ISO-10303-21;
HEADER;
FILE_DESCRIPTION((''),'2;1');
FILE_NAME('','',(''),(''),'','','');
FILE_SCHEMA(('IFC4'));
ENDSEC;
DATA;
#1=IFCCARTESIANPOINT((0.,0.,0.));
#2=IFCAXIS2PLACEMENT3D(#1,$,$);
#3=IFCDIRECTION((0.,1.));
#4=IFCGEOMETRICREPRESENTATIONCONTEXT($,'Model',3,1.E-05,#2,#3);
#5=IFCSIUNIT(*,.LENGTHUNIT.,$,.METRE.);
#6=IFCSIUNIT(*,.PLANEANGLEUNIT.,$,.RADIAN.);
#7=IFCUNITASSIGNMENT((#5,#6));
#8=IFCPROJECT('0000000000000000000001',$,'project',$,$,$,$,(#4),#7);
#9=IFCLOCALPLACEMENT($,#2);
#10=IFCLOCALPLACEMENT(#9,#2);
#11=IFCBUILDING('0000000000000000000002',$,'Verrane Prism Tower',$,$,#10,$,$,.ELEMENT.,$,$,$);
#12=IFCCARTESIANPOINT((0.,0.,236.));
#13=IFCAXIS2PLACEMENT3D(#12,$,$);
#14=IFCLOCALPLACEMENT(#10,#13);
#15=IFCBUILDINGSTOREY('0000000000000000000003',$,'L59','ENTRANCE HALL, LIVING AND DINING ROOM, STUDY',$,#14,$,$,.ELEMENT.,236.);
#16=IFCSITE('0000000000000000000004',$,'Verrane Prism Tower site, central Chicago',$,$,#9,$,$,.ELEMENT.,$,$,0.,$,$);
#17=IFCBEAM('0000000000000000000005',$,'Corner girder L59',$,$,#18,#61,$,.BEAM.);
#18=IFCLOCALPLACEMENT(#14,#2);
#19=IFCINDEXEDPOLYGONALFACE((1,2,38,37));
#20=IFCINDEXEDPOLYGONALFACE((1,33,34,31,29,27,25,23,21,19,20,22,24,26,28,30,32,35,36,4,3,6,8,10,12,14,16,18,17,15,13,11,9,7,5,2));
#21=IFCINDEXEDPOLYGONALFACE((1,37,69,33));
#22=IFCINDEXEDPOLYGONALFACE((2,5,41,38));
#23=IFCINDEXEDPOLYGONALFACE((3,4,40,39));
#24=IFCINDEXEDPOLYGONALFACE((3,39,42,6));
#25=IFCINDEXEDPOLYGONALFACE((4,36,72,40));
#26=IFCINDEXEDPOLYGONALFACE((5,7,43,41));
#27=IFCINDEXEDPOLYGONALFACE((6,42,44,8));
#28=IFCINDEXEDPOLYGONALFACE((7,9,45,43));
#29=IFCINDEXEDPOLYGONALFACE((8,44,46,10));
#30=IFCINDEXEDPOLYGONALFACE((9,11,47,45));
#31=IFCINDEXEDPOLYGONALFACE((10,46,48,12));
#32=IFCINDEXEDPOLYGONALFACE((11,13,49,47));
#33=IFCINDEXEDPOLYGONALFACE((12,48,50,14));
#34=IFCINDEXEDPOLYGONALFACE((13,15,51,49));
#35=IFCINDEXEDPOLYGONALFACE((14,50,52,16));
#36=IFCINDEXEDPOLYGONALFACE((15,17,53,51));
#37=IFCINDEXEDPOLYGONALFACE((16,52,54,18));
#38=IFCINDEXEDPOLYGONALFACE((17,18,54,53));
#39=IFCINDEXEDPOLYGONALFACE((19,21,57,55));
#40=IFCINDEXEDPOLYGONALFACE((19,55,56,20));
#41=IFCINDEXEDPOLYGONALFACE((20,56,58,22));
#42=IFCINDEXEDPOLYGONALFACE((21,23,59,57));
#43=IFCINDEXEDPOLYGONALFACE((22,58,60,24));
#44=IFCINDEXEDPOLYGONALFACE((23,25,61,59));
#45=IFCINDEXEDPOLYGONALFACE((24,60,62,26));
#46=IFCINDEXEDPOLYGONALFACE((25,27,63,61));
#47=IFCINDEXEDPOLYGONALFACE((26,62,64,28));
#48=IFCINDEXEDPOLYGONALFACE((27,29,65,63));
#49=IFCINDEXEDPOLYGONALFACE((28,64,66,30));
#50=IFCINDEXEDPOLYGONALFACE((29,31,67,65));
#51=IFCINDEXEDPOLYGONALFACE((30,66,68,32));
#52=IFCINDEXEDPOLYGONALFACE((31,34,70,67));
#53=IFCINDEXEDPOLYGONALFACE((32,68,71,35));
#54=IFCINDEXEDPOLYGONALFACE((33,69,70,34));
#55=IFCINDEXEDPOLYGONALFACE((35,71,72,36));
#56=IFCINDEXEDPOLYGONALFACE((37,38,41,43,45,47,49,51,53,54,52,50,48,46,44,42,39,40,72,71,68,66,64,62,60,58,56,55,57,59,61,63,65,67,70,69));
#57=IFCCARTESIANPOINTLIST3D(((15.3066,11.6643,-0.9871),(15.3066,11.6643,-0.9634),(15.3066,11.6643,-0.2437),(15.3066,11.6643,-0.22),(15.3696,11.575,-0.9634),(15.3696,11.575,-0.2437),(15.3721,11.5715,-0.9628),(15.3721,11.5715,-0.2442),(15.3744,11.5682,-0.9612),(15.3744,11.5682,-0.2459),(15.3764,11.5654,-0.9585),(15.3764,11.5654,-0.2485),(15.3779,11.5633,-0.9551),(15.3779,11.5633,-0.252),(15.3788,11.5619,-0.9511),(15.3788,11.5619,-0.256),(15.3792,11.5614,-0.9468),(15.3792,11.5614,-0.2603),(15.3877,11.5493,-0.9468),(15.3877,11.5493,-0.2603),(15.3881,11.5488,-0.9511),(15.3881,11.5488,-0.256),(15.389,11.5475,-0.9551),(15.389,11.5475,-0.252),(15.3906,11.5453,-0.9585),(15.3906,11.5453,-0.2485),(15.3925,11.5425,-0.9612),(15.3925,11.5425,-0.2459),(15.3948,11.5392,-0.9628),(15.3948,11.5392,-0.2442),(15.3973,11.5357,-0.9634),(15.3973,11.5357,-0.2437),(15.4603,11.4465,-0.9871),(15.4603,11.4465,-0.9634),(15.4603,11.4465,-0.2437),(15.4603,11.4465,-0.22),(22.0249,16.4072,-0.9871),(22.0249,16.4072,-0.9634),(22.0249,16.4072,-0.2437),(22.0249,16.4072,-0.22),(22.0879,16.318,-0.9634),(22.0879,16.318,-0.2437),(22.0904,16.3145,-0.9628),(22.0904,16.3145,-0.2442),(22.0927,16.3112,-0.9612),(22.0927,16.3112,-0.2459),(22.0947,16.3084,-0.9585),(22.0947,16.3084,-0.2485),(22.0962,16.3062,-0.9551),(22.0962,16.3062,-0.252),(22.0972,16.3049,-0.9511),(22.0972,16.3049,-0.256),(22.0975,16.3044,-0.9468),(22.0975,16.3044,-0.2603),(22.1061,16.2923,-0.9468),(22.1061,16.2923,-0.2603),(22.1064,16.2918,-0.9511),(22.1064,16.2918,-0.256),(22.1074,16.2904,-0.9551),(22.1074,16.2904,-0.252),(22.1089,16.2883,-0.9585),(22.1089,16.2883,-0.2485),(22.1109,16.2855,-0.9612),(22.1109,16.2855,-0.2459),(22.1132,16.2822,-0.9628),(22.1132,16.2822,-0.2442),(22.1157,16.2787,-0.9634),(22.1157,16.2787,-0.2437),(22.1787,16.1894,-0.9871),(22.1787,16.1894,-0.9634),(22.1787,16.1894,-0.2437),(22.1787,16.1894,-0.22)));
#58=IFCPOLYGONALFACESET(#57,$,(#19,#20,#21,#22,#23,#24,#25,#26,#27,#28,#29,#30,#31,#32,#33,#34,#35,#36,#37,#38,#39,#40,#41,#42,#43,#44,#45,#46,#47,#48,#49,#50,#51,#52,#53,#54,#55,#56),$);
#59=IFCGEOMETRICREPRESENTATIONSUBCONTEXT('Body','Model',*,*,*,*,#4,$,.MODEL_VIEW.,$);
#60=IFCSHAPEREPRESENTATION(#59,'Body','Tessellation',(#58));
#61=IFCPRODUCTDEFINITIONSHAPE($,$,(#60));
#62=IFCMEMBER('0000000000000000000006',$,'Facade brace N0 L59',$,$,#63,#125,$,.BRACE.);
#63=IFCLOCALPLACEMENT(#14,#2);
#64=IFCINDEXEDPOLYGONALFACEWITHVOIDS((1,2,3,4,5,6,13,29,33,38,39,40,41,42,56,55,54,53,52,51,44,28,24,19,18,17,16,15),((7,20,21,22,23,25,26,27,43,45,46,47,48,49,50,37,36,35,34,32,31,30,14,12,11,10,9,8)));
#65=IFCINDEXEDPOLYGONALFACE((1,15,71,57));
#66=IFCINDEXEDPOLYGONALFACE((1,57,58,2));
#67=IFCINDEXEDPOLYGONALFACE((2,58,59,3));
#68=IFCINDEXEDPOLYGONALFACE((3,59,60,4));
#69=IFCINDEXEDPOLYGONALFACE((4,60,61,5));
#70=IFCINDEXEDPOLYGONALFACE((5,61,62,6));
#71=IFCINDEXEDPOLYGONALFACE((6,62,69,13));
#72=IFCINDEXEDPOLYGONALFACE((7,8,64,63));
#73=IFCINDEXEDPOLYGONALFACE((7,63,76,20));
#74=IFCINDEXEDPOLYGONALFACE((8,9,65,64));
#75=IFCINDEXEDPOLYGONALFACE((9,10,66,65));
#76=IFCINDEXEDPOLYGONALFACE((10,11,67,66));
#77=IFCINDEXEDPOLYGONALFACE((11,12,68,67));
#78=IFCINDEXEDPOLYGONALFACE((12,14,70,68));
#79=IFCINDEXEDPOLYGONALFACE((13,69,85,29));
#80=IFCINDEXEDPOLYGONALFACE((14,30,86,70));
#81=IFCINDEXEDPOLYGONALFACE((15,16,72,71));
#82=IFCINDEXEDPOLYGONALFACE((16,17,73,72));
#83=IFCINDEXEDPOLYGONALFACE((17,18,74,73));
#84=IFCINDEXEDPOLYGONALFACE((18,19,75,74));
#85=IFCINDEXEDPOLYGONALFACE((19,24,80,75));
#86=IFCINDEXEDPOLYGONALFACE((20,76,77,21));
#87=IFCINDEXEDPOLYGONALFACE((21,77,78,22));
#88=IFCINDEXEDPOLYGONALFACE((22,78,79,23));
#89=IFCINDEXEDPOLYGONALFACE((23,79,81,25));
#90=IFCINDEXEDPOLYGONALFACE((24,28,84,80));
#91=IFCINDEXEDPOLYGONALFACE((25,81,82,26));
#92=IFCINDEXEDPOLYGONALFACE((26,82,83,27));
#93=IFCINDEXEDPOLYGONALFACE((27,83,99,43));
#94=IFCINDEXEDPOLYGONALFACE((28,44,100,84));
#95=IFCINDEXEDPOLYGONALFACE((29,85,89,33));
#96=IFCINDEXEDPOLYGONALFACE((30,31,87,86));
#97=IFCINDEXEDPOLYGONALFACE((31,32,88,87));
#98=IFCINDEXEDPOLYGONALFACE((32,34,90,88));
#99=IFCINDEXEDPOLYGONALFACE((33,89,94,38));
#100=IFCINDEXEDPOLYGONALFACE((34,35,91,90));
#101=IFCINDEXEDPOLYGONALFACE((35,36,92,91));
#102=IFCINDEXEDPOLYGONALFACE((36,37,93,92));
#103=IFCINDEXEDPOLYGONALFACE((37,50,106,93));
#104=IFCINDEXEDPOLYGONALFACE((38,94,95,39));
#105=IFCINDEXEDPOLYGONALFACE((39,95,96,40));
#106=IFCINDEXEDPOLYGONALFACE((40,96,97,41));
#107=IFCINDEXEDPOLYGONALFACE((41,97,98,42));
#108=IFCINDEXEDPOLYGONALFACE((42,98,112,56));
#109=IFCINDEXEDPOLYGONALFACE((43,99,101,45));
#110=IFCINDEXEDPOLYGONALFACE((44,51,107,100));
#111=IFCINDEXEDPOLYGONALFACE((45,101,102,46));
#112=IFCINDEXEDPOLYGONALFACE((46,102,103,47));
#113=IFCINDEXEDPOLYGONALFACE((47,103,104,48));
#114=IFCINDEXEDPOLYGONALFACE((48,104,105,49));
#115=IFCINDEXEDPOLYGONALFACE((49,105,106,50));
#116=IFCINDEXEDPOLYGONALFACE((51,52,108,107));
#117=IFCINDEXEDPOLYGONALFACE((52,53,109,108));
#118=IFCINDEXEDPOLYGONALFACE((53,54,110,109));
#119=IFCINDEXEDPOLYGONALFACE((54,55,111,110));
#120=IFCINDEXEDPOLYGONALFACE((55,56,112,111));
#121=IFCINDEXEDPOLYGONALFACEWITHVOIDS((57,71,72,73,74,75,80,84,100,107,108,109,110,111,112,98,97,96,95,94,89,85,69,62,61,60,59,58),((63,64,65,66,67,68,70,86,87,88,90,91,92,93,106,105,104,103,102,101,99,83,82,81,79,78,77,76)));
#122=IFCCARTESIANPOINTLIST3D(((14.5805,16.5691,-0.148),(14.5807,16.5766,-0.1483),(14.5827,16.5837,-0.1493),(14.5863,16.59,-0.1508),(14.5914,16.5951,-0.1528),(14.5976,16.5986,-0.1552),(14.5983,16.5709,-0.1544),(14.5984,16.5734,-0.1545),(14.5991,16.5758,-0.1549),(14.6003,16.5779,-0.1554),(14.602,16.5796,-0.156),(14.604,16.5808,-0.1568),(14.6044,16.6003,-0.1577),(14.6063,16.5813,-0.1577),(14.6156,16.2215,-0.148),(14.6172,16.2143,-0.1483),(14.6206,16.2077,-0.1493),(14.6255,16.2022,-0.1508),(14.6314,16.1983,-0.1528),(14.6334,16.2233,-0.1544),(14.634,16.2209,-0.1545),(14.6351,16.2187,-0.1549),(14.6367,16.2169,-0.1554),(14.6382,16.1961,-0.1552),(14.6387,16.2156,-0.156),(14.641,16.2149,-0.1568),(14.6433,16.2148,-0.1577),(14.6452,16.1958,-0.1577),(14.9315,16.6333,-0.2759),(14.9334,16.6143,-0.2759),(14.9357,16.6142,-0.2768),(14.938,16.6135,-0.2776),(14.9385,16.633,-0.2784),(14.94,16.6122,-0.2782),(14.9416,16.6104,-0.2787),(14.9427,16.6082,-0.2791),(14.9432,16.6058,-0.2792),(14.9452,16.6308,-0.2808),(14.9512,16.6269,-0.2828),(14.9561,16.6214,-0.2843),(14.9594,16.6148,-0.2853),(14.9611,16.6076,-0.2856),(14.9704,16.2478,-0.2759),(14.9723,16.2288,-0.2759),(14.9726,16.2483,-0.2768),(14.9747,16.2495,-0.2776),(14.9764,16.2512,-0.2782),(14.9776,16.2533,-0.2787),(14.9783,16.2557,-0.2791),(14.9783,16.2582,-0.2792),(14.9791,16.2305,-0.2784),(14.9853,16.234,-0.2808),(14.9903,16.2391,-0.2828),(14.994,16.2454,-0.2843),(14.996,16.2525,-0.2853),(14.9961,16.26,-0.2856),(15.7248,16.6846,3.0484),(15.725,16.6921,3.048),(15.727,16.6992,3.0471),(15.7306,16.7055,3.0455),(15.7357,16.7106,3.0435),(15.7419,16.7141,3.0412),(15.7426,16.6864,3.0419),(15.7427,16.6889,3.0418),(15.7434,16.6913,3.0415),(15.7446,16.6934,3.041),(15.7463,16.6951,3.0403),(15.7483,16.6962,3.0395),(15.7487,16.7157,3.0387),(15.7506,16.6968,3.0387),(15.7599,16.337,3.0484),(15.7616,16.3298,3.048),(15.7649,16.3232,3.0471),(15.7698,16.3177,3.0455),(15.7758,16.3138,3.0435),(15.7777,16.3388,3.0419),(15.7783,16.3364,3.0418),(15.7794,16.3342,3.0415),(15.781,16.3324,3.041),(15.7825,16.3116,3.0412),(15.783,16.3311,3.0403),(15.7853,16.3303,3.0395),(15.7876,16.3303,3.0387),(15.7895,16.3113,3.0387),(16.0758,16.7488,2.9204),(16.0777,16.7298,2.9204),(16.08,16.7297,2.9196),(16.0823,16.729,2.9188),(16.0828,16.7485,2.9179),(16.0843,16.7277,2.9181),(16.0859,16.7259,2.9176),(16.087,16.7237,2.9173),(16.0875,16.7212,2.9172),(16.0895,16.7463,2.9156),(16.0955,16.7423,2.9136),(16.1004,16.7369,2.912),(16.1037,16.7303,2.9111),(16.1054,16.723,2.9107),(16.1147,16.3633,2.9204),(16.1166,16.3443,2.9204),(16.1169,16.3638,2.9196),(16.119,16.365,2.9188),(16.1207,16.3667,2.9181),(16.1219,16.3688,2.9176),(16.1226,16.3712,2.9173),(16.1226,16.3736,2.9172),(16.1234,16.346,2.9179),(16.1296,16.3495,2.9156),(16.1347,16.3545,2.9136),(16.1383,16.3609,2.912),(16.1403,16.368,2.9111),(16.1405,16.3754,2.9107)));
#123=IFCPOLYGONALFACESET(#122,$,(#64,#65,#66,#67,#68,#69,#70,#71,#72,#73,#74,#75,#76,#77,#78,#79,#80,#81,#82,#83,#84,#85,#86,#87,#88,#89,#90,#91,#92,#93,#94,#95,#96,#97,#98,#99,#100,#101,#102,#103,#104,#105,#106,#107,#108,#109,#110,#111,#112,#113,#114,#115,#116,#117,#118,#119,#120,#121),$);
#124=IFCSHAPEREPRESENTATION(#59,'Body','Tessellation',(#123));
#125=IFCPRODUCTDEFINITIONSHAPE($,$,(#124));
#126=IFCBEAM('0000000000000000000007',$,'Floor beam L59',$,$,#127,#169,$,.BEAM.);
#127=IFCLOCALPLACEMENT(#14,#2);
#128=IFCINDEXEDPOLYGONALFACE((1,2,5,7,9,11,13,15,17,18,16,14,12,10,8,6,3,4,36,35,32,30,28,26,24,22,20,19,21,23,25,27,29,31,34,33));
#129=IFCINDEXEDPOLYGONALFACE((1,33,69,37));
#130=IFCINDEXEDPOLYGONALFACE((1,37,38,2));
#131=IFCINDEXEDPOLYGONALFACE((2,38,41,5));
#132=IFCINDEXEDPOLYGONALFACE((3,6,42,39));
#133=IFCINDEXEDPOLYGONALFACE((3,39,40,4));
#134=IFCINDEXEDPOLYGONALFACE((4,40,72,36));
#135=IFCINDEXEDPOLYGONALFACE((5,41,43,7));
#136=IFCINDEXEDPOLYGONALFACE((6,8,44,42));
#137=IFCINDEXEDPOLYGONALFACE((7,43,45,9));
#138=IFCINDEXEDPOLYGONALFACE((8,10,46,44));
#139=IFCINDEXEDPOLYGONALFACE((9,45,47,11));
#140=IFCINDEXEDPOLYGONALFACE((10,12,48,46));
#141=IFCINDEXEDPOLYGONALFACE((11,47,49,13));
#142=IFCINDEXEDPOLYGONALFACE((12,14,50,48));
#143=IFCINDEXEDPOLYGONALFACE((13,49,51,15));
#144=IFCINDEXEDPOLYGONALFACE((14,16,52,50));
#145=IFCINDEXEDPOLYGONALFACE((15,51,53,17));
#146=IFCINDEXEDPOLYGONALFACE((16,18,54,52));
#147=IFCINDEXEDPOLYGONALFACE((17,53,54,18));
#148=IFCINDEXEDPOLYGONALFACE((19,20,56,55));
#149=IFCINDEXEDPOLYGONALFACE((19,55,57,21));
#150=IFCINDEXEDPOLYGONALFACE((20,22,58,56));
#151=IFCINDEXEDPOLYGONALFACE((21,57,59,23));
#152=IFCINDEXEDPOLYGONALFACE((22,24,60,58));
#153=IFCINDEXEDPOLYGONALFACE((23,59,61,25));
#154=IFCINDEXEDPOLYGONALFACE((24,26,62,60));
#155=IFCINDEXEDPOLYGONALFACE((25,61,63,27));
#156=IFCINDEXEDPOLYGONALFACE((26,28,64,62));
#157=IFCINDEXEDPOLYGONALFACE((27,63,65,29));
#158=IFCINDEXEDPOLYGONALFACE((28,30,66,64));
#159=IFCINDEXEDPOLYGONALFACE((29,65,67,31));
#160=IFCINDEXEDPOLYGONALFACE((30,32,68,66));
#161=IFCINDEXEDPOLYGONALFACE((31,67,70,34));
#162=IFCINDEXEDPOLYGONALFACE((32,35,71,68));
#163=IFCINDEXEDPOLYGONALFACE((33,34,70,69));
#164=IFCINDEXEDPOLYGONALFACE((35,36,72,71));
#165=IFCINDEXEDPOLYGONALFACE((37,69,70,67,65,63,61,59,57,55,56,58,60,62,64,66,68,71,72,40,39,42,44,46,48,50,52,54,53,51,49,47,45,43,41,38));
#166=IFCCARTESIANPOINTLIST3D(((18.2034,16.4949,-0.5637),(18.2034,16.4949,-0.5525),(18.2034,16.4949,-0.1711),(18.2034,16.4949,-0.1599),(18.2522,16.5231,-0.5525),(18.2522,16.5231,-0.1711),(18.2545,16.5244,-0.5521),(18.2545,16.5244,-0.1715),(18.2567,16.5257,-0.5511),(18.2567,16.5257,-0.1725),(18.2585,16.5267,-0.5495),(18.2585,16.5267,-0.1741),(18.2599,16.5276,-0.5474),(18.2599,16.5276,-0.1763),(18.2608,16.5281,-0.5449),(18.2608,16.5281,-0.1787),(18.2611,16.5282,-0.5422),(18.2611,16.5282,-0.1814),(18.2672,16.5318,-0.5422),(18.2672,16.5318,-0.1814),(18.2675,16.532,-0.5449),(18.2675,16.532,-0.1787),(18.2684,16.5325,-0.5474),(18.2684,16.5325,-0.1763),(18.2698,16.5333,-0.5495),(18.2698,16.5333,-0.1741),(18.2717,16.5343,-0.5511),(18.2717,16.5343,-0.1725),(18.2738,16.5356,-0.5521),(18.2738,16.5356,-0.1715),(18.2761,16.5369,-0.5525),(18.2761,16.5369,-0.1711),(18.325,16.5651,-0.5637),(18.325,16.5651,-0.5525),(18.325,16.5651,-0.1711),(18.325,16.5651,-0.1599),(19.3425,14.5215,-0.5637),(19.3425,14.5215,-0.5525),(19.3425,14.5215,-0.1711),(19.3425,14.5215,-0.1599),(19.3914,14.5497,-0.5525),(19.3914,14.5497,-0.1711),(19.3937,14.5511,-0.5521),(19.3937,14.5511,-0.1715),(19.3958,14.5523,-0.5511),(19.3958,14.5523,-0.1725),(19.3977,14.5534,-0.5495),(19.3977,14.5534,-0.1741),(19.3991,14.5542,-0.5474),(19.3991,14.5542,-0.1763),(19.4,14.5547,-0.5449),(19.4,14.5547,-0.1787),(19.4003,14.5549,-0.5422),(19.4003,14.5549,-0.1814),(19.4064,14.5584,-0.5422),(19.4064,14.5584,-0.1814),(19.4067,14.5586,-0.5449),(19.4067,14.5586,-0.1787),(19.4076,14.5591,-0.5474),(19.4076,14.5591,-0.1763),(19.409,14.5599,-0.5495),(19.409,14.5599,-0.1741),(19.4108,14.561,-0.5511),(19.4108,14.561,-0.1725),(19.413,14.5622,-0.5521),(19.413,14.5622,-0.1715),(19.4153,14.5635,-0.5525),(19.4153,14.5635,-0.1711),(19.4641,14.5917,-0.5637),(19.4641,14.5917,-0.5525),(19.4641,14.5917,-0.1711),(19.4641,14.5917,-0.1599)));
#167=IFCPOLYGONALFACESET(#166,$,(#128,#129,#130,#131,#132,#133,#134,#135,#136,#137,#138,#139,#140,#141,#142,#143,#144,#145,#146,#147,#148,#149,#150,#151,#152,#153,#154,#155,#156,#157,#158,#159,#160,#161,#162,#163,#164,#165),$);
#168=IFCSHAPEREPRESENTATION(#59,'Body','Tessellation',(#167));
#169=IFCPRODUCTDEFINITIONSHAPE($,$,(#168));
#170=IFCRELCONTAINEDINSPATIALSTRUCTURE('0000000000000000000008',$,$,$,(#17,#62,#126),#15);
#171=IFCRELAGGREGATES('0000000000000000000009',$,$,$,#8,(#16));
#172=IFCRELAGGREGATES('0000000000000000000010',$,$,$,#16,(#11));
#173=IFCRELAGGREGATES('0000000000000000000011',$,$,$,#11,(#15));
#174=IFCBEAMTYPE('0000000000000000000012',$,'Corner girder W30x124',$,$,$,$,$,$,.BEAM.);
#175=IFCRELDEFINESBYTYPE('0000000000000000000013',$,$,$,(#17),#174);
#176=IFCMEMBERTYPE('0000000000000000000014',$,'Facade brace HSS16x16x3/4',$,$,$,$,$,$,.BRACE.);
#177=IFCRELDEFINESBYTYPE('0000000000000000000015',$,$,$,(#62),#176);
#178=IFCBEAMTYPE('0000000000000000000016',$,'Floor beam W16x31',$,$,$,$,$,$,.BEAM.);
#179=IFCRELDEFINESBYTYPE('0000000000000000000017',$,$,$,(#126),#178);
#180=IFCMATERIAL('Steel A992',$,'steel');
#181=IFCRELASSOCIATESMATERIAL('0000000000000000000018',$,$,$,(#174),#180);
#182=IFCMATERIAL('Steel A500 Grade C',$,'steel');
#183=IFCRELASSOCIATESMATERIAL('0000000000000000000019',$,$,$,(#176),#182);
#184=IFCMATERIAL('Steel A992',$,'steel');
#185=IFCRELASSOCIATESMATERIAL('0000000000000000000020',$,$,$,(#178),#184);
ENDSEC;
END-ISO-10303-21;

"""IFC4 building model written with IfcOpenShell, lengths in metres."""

from ifc_helpers import new_model, si_unit, direction, frame, origin, origin_2d, place, context, subcontext, project, spatial, hollow_rectangle, i_section, extrude, material, material_profile, profile_set, type_object, element, save


model = new_model("IFC4")

# Units and contexts
model_context = context("Model", 3, precision=1e-05, world=origin(), true_north=direction((0.0, 1.0)))
body_context = subcontext(model_context, "Body", "Model", "MODEL_VIEW")
ifc_project = project(units=[si_unit("LENGTHUNIT", "METRE"), si_unit("PLANEANGLEUNIT", "RADIAN")], contexts=[model_context])

# Site, building, storey
site_placement = place(None, origin())
site = spatial("IfcSite", under=ifc_project, at=site_placement, Name="Verrane Prism Tower site, central Chicago", CompositionType="ELEMENT", RefElevation=0.0)
building_placement = place(site_placement, origin())
building = spatial("IfcBuilding", under=site, at=building_placement, Name="Verrane Prism Tower", CompositionType="ELEMENT")
storey_placement = place(building_placement, frame((0.0, 0.0, 236.0)))
storey = spatial("IfcBuildingStorey", under=building, at=storey_placement, Name="L59", Description="ENTRANCE HALL, LIVING AND DINING ROOM, STUDY", CompositionType="ELEMENT", Elevation=236.0)

# Beam
ifc_material_1 = material(Name="Steel A992", Category="steel")
ifc_material_profile_1 = material_profile(ifc_material_1, i_section(OverallWidth=0.2666, OverallDepth=0.7671, WebThickness=0.0149, FlangeThickness=0.0237, FilletRadius=0.0166, at=origin_2d()), Name="W30x124")
ifc_profile_set_1 = profile_set([ifc_material_profile_1], Name="Steel A992")
beam_type_1 = type_object("IfcBeamType", Name="Corner girder W30x124", PredefinedType="BEAM", material=ifc_profile_set_1)
beam_1_placement = place(storey_placement, frame((22.1018, 16.2983, -0.6035), z_axis=(-0.816932, -0.576733, 0.0), x_axis=(0.576733, -0.816932, 0.0)))
element("IfcBeam", 1, at=beam_1_placement, inside=storey, type_object=beam_type_1, Name="Corner girder L59", PredefinedType="BEAM", context=body_context, shape_type="SweptSolid", body=[
    extrude(i_section(OverallWidth=0.2666, OverallDepth=0.7671, WebThickness=0.0149, FlangeThickness=0.0237, FilletRadius=0.0166, at=origin_2d()), origin(), (0.0, 0.0, 1.0), 8.2239),
])

# Member
ifc_material_2 = material(Name="Steel A500 Grade C", Category="steel")
ifc_material_profile_2 = material_profile(ifc_material_2, hollow_rectangle(XDim=0.4065, YDim=0.4065, WallThickness=0.019, InnerFilletRadius=0.0095, OuterFilletRadius=0.0286, at=origin_2d()), Name="HSS16x16x3/4")
ifc_profile_set_2 = profile_set([ifc_material_profile_2], Name="Steel A500 Grade C")
member_type_1 = type_object("IfcMemberType", Name="Facade brace HSS16x16x3/4", PredefinedType="BRACE", material=ifc_profile_set_2)
member_1_placement = place(storey_placement, frame((14.7883, 16.4146, -0.2168), z_axis=(0.336861, 0.033995, 0.94094), x_axis=(-0.100407, 0.994946, 0.0)))
element("IfcMember", 2, at=member_1_placement, inside=storey, type_object=member_type_1, Name="Facade brace N0 L59", PredefinedType="BRACE", context=body_context, shape_type="SweptSolid", body=[
    extrude(hollow_rectangle(XDim=0.4065, YDim=0.4065, WallThickness=0.019, InnerFilletRadius=0.0095, OuterFilletRadius=0.0286, at=origin_2d()), origin(), (0.0, 0.0, 1.0), 3.397),
])

# Beam
ifc_material_3 = material(Name="Steel A992", Category="steel")
ifc_material_profile_3 = material_profile(ifc_material_3, i_section(OverallWidth=0.1404, OverallDepth=0.4038, WebThickness=0.0071, FlangeThickness=0.0112, FilletRadius=0.0103, at=origin_2d()), Name="W16x31")
ifc_profile_set_3 = profile_set([ifc_material_profile_3], Name="Steel A992")
beam_type_2 = type_object("IfcBeamType", Name="Floor beam W16x31", PredefinedType="BEAM", material=ifc_profile_set_3)
beam_2_placement = place(storey_placement, frame((19.4033, 14.5566, -0.3618), z_axis=(-0.499942, 0.866059, 0.0), x_axis=(-0.866059, -0.499942, 0.0)))
element("IfcBeam", 3, at=beam_2_placement, inside=storey, type_object=beam_type_2, Name="Floor beam L59", PredefinedType="BEAM", context=body_context, shape_type="SweptSolid", body=[
    extrude(i_section(OverallWidth=0.1404, OverallDepth=0.4038, WebThickness=0.0071, FlangeThickness=0.0112, FilletRadius=0.0103, at=origin_2d()), origin(), (0.0, 0.0, 1.0), 2.2786),
])

save(model, "model.ifc")
